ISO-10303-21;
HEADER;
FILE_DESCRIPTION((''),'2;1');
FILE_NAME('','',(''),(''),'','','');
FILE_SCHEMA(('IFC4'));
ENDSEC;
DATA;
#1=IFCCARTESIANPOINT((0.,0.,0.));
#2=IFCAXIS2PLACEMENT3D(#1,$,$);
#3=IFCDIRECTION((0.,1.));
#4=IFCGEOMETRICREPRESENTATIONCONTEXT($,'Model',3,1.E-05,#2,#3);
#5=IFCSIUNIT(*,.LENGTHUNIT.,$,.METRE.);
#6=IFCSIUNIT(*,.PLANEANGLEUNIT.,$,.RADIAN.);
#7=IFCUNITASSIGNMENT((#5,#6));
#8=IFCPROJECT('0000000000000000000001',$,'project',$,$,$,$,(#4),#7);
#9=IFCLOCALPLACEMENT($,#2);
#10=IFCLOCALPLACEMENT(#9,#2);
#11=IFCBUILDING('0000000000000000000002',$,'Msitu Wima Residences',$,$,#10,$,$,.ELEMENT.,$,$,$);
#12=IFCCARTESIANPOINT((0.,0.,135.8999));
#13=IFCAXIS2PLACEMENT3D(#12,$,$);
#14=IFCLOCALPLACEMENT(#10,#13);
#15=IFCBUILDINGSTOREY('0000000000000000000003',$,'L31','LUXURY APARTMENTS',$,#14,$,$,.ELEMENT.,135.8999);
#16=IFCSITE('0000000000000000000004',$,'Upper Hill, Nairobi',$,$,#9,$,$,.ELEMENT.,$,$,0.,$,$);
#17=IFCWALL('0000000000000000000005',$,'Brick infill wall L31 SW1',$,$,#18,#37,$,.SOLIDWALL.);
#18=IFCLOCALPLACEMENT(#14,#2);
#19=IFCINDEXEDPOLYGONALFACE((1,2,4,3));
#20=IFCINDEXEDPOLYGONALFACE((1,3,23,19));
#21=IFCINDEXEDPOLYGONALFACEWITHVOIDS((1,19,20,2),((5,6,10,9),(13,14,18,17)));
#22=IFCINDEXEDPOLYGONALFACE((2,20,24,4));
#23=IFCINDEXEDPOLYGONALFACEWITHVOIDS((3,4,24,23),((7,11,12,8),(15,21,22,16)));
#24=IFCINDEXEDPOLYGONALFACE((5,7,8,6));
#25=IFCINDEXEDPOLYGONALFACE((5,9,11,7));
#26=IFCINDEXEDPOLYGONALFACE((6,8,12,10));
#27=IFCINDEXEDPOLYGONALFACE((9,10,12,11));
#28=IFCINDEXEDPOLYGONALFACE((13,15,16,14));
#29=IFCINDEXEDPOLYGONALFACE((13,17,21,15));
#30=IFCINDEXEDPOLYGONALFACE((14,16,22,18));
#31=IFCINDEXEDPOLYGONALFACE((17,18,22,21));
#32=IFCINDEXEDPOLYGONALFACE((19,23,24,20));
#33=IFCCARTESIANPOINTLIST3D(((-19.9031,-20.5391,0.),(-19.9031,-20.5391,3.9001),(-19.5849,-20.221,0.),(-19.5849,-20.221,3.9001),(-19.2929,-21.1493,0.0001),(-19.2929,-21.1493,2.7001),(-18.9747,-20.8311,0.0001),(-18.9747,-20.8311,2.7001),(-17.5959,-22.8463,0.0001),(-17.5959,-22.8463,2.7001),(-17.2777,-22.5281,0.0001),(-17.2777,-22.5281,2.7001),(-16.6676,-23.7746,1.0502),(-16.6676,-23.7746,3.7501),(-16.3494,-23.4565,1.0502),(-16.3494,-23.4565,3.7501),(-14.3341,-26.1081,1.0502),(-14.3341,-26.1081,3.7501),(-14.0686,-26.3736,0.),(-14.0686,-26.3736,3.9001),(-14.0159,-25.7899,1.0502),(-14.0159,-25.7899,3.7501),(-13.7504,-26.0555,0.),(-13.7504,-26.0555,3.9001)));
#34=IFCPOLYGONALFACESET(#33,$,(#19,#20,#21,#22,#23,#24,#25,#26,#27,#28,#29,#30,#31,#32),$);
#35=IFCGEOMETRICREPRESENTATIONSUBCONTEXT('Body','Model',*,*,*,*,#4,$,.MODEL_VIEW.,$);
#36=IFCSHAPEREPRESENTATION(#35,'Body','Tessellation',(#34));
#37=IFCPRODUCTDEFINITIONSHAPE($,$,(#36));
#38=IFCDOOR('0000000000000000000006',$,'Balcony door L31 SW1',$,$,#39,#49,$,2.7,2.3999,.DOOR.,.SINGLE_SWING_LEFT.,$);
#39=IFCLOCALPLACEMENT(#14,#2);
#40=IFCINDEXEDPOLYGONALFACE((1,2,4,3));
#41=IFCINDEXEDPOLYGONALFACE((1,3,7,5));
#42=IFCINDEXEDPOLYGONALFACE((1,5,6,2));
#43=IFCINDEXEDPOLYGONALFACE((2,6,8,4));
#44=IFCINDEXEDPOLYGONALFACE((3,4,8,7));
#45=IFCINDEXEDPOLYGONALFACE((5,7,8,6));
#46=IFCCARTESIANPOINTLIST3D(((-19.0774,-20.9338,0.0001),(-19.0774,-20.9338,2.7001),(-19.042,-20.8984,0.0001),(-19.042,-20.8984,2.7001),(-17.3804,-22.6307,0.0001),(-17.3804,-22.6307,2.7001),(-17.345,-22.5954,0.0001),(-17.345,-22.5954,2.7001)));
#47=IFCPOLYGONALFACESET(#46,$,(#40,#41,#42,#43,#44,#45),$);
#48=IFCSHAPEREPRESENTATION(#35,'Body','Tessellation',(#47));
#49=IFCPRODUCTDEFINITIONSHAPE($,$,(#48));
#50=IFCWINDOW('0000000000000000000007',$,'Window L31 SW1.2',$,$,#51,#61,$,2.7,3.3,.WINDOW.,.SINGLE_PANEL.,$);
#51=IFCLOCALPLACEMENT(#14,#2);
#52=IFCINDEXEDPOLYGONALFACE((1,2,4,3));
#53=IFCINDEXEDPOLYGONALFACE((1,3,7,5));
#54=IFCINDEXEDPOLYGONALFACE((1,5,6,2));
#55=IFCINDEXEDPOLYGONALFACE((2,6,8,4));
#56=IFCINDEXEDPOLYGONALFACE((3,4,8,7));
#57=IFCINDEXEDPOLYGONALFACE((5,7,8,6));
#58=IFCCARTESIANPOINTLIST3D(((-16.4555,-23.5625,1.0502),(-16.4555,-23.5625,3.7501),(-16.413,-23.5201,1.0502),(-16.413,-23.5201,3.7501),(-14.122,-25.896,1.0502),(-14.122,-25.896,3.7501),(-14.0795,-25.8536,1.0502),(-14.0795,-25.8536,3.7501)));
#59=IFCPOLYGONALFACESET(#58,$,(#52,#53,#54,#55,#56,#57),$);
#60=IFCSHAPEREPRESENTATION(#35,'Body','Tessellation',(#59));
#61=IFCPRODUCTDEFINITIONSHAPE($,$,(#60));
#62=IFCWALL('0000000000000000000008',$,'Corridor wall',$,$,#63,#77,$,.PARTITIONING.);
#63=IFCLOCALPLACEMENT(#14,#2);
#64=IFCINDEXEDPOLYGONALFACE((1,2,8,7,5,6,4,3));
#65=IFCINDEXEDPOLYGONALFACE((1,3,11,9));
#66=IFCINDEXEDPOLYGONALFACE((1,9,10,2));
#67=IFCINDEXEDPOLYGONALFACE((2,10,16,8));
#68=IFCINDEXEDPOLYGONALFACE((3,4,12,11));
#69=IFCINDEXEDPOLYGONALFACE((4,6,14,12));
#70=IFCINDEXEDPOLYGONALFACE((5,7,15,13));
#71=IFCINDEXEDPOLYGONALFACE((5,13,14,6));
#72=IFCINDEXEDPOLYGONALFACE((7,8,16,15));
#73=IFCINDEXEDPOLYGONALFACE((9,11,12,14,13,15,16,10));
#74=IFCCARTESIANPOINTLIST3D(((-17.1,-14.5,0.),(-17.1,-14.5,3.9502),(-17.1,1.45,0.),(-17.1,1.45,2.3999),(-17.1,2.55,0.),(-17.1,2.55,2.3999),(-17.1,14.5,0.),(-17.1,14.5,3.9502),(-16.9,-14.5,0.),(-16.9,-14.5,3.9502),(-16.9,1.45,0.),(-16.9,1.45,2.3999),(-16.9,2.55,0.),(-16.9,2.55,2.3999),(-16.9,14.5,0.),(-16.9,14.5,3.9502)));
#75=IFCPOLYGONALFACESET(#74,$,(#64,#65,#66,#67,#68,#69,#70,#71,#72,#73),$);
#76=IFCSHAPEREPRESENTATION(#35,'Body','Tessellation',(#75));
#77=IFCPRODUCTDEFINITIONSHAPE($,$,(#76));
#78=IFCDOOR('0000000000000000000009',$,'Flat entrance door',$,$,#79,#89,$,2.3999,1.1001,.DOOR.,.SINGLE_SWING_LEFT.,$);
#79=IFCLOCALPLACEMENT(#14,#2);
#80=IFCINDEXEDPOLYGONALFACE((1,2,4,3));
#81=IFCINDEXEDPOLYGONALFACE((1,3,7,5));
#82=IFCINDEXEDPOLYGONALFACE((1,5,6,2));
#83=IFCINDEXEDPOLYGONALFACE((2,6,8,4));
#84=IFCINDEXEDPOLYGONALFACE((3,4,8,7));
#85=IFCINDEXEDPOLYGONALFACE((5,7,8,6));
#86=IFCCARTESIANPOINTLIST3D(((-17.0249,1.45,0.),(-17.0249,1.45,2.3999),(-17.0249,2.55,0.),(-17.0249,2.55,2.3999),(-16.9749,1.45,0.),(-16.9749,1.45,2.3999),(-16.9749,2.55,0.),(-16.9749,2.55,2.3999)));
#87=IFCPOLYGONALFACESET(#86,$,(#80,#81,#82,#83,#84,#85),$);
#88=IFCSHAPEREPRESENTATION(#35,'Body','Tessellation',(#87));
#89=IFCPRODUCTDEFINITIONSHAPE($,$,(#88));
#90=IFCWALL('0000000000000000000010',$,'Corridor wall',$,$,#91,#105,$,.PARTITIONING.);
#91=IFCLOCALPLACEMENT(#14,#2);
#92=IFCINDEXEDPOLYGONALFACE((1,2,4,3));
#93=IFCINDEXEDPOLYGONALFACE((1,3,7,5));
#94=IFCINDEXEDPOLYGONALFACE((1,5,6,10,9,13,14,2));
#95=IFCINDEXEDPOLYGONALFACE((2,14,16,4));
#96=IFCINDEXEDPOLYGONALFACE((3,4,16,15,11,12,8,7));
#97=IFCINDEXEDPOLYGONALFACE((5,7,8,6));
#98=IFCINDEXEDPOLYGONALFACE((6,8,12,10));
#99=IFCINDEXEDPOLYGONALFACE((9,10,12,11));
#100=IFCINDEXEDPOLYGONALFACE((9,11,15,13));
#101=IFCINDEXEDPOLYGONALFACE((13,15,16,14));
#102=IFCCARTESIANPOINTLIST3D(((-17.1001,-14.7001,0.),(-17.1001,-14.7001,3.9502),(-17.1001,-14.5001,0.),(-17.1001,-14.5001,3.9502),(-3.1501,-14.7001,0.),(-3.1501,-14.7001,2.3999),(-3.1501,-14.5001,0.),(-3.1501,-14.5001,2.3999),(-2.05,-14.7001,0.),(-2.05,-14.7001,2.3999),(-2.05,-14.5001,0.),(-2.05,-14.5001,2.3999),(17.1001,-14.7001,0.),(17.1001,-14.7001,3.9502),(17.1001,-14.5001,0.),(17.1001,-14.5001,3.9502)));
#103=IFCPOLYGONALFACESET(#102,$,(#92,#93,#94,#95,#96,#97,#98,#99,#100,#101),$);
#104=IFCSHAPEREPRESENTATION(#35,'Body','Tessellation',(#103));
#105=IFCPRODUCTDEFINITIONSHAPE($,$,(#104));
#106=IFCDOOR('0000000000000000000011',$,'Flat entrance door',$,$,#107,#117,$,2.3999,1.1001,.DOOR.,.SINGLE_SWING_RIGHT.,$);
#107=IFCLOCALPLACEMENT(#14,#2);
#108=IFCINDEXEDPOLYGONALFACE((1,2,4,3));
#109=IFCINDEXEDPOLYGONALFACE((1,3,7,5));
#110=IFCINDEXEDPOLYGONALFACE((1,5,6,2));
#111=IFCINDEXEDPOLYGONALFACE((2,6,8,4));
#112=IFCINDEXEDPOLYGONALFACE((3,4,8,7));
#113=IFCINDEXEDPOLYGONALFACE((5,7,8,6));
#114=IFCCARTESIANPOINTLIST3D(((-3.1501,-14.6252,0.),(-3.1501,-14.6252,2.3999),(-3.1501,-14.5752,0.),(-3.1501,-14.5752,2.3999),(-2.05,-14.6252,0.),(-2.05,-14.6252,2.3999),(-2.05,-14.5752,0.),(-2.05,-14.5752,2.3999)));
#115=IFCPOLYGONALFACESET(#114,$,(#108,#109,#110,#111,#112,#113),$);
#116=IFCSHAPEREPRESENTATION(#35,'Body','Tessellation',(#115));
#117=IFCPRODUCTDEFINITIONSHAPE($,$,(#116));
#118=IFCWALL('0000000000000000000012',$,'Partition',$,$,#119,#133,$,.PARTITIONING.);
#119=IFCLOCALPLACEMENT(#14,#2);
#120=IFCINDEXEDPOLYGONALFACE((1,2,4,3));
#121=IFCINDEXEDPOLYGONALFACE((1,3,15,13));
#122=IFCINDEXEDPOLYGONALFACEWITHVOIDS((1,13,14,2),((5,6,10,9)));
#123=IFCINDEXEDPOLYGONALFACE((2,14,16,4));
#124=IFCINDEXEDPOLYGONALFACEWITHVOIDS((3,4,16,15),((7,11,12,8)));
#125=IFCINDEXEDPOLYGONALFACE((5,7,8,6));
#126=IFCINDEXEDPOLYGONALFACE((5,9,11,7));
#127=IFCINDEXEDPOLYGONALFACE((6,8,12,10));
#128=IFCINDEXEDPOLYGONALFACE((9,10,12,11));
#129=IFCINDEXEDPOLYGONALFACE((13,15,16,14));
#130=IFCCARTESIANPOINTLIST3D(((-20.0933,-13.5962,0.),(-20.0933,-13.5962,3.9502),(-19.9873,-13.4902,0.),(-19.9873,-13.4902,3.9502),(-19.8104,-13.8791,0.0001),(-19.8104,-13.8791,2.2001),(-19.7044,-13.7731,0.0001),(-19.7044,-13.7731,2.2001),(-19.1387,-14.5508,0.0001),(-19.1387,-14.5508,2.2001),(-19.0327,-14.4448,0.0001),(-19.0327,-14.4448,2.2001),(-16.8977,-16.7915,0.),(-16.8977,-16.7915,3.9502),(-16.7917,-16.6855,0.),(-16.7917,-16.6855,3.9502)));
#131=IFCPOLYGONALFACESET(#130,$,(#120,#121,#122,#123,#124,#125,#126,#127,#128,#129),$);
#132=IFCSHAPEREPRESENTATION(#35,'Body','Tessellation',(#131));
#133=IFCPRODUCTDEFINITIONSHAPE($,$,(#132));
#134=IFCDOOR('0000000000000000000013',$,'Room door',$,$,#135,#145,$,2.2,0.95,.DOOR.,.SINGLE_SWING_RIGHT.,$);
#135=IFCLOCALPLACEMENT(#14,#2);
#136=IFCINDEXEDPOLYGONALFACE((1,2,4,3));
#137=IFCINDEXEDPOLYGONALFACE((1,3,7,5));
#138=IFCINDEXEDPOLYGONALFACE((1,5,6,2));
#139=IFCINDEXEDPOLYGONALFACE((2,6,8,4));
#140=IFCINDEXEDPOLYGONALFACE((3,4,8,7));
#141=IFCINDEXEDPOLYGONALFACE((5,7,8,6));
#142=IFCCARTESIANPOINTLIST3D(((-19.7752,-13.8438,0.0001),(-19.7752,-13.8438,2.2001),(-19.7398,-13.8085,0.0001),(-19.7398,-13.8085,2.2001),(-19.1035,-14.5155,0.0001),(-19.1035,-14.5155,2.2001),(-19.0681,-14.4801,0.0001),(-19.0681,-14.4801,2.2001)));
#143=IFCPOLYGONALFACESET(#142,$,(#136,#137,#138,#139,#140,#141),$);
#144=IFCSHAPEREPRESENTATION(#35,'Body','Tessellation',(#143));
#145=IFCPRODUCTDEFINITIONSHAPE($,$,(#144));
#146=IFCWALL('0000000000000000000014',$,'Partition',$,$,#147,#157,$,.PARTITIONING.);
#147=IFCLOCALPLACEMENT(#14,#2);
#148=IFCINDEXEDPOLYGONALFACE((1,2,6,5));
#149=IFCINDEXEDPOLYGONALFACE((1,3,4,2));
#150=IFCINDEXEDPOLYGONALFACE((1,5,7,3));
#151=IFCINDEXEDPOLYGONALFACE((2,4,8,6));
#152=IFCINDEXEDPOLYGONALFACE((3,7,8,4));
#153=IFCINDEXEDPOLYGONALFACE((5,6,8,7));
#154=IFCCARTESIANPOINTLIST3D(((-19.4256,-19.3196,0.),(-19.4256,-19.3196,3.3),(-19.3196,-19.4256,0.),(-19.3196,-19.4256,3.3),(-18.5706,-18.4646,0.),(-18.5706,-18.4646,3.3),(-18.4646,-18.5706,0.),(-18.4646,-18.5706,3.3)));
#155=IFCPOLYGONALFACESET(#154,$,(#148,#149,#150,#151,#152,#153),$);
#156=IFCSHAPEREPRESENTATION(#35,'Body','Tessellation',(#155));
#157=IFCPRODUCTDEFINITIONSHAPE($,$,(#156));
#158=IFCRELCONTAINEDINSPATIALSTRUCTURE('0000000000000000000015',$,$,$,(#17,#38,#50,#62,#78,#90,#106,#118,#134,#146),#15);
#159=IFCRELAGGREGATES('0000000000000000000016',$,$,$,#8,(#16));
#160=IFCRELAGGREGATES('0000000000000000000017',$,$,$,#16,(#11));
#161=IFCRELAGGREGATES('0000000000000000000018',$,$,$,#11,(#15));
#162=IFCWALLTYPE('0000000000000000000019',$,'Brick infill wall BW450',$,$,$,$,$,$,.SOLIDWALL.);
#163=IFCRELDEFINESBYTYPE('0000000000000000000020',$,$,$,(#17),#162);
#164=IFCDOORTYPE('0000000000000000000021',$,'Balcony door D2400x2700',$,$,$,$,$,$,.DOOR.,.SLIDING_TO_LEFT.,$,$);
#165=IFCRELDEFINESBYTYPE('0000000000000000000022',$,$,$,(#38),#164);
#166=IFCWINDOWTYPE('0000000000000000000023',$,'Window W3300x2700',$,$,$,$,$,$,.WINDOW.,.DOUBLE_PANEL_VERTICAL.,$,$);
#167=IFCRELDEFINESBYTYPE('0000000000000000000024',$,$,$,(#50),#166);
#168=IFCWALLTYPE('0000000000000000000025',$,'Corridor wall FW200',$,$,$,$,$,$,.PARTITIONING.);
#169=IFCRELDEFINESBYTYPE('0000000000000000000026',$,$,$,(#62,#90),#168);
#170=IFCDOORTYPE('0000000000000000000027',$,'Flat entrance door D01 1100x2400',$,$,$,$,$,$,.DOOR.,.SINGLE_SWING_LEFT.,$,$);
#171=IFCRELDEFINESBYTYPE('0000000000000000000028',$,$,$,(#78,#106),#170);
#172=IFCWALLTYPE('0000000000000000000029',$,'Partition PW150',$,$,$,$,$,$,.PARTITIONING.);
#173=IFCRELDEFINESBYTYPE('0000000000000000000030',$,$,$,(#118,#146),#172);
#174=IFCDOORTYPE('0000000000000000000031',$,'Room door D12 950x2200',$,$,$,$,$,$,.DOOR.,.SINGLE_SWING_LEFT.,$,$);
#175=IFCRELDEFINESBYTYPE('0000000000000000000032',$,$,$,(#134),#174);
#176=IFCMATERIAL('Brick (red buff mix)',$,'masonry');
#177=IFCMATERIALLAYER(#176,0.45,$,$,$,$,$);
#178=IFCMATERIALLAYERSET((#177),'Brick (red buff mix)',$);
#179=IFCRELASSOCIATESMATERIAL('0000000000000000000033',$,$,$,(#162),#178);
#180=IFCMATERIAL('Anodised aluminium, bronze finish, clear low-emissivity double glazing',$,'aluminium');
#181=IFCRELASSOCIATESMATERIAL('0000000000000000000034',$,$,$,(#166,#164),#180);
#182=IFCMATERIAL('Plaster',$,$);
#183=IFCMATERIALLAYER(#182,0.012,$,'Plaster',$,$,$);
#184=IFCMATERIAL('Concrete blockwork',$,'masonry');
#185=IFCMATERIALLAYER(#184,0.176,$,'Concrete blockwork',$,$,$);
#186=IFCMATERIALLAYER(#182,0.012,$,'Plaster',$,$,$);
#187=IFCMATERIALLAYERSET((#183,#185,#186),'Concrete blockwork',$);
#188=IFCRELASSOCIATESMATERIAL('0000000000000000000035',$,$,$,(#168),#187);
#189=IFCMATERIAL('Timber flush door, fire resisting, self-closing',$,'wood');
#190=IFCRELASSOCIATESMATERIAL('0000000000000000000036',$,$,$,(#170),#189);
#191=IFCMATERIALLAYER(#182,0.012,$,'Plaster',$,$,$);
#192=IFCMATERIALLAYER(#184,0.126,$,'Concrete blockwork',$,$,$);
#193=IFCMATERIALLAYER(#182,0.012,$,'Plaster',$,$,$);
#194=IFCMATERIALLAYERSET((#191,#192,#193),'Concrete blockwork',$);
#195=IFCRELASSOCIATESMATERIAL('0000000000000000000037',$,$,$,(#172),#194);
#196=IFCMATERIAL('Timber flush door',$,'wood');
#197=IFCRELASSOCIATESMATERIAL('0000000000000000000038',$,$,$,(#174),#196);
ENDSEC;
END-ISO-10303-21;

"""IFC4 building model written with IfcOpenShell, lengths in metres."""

from ifc_helpers import new_model, si_unit, direction, frame, frame_2d, origin, place, context, subcontext, project, spatial, rectangle, extrude, material, layer, layer_set, type_object, element, fill, save


model = new_model("IFC4")

# Units and contexts
model_context = context("Model", 3, precision=1e-05, world=origin(), true_north=direction((0.0, 1.0)))
body_context = subcontext(model_context, "Body", "Model", "MODEL_VIEW")
ifc_project = project(units=[si_unit("LENGTHUNIT", "METRE"), si_unit("PLANEANGLEUNIT", "RADIAN")], contexts=[model_context])

# Site, building, storey
site_placement = place(None, origin())
site = spatial("IfcSite", under=ifc_project, at=site_placement, Name="Upper Hill, Nairobi", CompositionType="ELEMENT", RefElevation=0.0)
building_placement = place(site_placement, origin())
building = spatial("IfcBuilding", under=site, at=building_placement, Name="Msitu Wima Residences", CompositionType="ELEMENT")
storey_placement = place(building_placement, frame((0.0, 0.0, 135.8999)))
storey = spatial("IfcBuildingStorey", under=building, at=storey_placement, Name="L31", Description="LUXURY APARTMENTS", CompositionType="ELEMENT", Elevation=135.8999)

# Shared definitions
ifc_material_1 = material(Name="Brick (red buff mix)", Category="masonry")
ifc_layer_1 = layer(ifc_material_1, 0.45)
ifc_layer_set_1 = layer_set([ifc_layer_1], Name="Brick (red buff mix)")
wall_type_1 = type_object("IfcWallType", Name="Brick infill wall BW450", PredefinedType="SOLIDWALL", material=ifc_layer_set_1)
ifc_material_2 = material(Name="Anodised aluminium, bronze finish, clear low-emissivity double glazing", Category="aluminium")
window_type = type_object("IfcWindowType", Name="Window W3300x2700", PartitioningType="DOUBLE_PANEL_VERTICAL", PredefinedType="WINDOW", material=ifc_material_2)

# Wall, openings, door, window
wall_1_placement = place(storey_placement, frame((-19.7439, -20.3801, 0.0), z_axis=(0.0, 0.0, 1.0), x_axis=(0.707107, -0.707107, 0.0)))
wall_1 = element("IfcWall", 1, at=wall_1_placement, inside=storey, type_object=wall_type_1, Name="Brick infill wall L31 SW1", PredefinedType="SOLIDWALL", context=body_context, shape_type="SweptSolid", body=[
    extrude(rectangle(XDim=8.2512, YDim=0.45, at=frame_2d((4.1255, 0.0))), origin(), (0.0, 0.0, 1.0), 3.9001),
])
opening_1_placement = place(wall_1_placement, frame((0.8628, 0.0, 0.0)))
opening_1 = element("IfcOpeningElement", 2, at=opening_1_placement, cuts=wall_1, PredefinedType="OPENING", context=body_context, shape_type="SweptSolid", body=[
    extrude(rectangle(XDim=2.3999, YDim=2.7, at=frame_2d((1.2, 1.3501))), frame((0.0, 0.2349, 0.0), z_axis=(0.0, -1.0, 0.0), x_axis=(1.0, 0.0, 0.0)), (0.0, 0.0, 1.0), 0.47),
])
opening_2_placement = place(wall_1_placement, frame((4.5757, 0.0, 1.05)))
opening_2 = element("IfcOpeningElement", 3, at=opening_2_placement, cuts=wall_1, PredefinedType="OPENING", context=body_context, shape_type="SweptSolid", body=[
    extrude(rectangle(XDim=3.3, YDim=2.7, at=frame_2d((1.6499, 1.3501))), frame((0.0, 0.2349, 0.0), z_axis=(0.0, -1.0, 0.0), x_axis=(1.0, 0.0, 0.0)), (0.0, 0.0, 1.0), 0.47),
])
door_type_1 = type_object("IfcDoorType", Name="Balcony door D2400x2700", OperationType="SLIDING_TO_LEFT", PredefinedType="DOOR", material=ifc_material_2)
door_1_placement = place(opening_1_placement, origin())
door_1 = element("IfcDoor", 4, at=door_1_placement, inside=storey, type_object=door_type_1, Name="Balcony door L31 SW1", OperationType="SINGLE_SWING_LEFT", OverallHeight=2.7, OverallWidth=2.3999, PredefinedType="DOOR", context=body_context, shape_type="SweptSolid", body=[
    extrude(rectangle(XDim=2.3999, YDim=2.7, at=frame_2d((1.2, 1.3501))), frame((0.0, 0.1299, 0.0), z_axis=(0.0, -1.0, 0.0), x_axis=(1.0, 0.0, 0.0)), (0.0, 0.0, 1.0), 0.05),
])
fill(opening_1, door_1)
window_1_placement = place(opening_2_placement, origin())
window_1 = element("IfcWindow", 5, at=window_1_placement, inside=storey, type_object=window_type, Name="Window L31 SW1.2", OverallHeight=2.7, OverallWidth=3.3, PartitioningType="SINGLE_PANEL", PredefinedType="WINDOW", context=body_context, shape_type="SweptSolid", body=[
    extrude(rectangle(XDim=3.3, YDim=2.7, at=frame_2d((1.6499, 1.3501))), frame((0.0, 0.135, 0.0), z_axis=(0.0, -1.0, 0.0), x_axis=(1.0, 0.0, 0.0)), (0.0, 0.0, 1.0), 0.0601),
])
fill(opening_2, window_1)

# Walls, openings, doors
ifc_material_3 = material(Name="Plaster")
ifc_layer_2 = layer(ifc_material_3, 0.012, Name="Plaster")
ifc_material_4 = material(Name="Concrete blockwork", Category="masonry")
ifc_layer_3 = layer(ifc_material_4, 0.176, Name="Concrete blockwork")
ifc_layer_4 = layer(ifc_material_3, 0.012, Name="Plaster")
ifc_layer_set_2 = layer_set([ifc_layer_2, ifc_layer_3, ifc_layer_4], Name="Concrete blockwork")
wall_type_2 = type_object("IfcWallType", Name="Corridor wall FW200", PredefinedType="PARTITIONING", material=ifc_layer_set_2)
wall_2_placement = place(storey_placement, frame((-17.0, -14.5, 0.0), z_axis=(0.0, 0.0, 1.0), x_axis=(0.0, 1.0, 0.0)))
wall_2 = element("IfcWall", 6, at=wall_2_placement, inside=storey, type_object=wall_type_2, Name="Corridor wall", PredefinedType="PARTITIONING", context=body_context, shape_type="SweptSolid", body=[
    extrude(rectangle(XDim=29.0, YDim=0.2, at=frame_2d((14.5, 0.0))), origin(), (0.0, 0.0, 1.0), 3.9502),
])
opening_3_placement = place(wall_2_placement, frame((15.95, 0.0, 0.0)))
opening_3 = element("IfcOpeningElement", 7, at=opening_3_placement, cuts=wall_2, PredefinedType="OPENING", context=body_context, shape_type="SweptSolid", body=[
    extrude(rectangle(XDim=1.1001, YDim=2.3999, at=frame_2d((0.55, 1.2))), frame((0.0, 0.1099, 0.0), z_axis=(0.0, -1.0, 0.0), x_axis=(1.0, 0.0, 0.0)), (0.0, 0.0, 1.0), 0.22),
])
ifc_material_5 = material(Name="Timber flush door, fire resisting, self-closing", Category="wood")
door_type_2 = type_object("IfcDoorType", Name="Flat entrance door D01 1100x2400", OperationType="SINGLE_SWING_LEFT", PredefinedType="DOOR", material=ifc_material_5)
door_2_placement = place(opening_3_placement, origin())
door_2 = element("IfcDoor", 8, at=door_2_placement, inside=storey, type_object=door_type_2, Name="Flat entrance door", OperationType="SINGLE_SWING_LEFT", OverallHeight=2.3999, OverallWidth=1.1001, PredefinedType="DOOR", context=body_context, shape_type="SweptSolid", body=[
    extrude(rectangle(XDim=1.1001, YDim=2.3999, at=frame_2d((0.55, 1.2))), frame((0.0, 0.0249, 0.0), z_axis=(0.0, -1.0, 0.0), x_axis=(1.0, 0.0, 0.0)), (0.0, 0.0, 1.0), 0.05),
])
fill(opening_3, door_2)
wall_3_placement = place(storey_placement, frame((-17.1001, -14.6001, 0.0), z_axis=(0.0, 0.0, 1.0), x_axis=(1.0, 0.0, 0.0)))
wall_3 = element("IfcWall", 9, at=wall_3_placement, inside=storey, type_object=wall_type_2, Name="Corridor wall", PredefinedType="PARTITIONING", context=body_context, shape_type="SweptSolid", body=[
    extrude(rectangle(XDim=34.2002, YDim=0.2, at=frame_2d((17.1001, 0.0))), origin(), (0.0, 0.0, 1.0), 3.9502),
])
opening_4_placement = place(wall_3_placement, frame((13.95, 0.0, 0.0)))
opening_4 = element("IfcOpeningElement", 10, at=opening_4_placement, cuts=wall_3, PredefinedType="OPENING", context=body_context, shape_type="SweptSolid", body=[
    extrude(rectangle(XDim=1.1001, YDim=2.3999, at=frame_2d((0.55, 1.2))), frame((0.0, 0.1099, 0.0), z_axis=(0.0, -1.0, 0.0), x_axis=(1.0, 0.0, 0.0)), (0.0, 0.0, 1.0), 0.22),
])
door_3_placement = place(opening_4_placement, origin())
door_3 = element("IfcDoor", 11, at=door_3_placement, inside=storey, type_object=door_type_2, Name="Flat entrance door", OperationType="SINGLE_SWING_RIGHT", OverallHeight=2.3999, OverallWidth=1.1001, PredefinedType="DOOR", context=body_context, shape_type="SweptSolid", body=[
    extrude(rectangle(XDim=1.1001, YDim=2.3999, at=frame_2d((0.55, 1.2))), frame((0.0, 0.0249, 0.0), z_axis=(0.0, -1.0, 0.0), x_axis=(1.0, 0.0, 0.0)), (0.0, 0.0, 1.0), 0.05),
])
fill(opening_4, door_3)
ifc_layer_5 = layer(ifc_material_3, 0.012, Name="Plaster")
ifc_layer_6 = layer(ifc_material_4, 0.126, Name="Concrete blockwork")
ifc_layer_7 = layer(ifc_material_3, 0.012, Name="Plaster")
ifc_layer_set_3 = layer_set([ifc_layer_5, ifc_layer_6, ifc_layer_7], Name="Concrete blockwork")
wall_type_3 = type_object("IfcWallType", Name="Partition PW150", PredefinedType="PARTITIONING", material=ifc_layer_set_3)
wall_4_placement = place(storey_placement, frame((-20.0403, -13.5432, 0.0), z_axis=(0.0, 0.0, 1.0), x_axis=(0.707134, -0.70708, 0.0)))
wall_4 = element("IfcWall", 12, at=wall_4_placement, inside=storey, type_object=wall_type_3, Name="Partition", PredefinedType="PARTITIONING", context=body_context, shape_type="SweptSolid", body=[
    extrude(rectangle(XDim=4.519, YDim=0.1499, at=frame_2d((2.2595, 0.0))), origin(), (0.0, 0.0, 1.0), 3.9502),
])
opening_5_placement = place(wall_4_placement, frame((0.3999, 0.0, 0.0)))
opening_5 = element("IfcOpeningElement", 13, at=opening_5_placement, cuts=wall_4, PredefinedType="OPENING", context=body_context, shape_type="SweptSolid", body=[
    extrude(rectangle(XDim=0.95, YDim=2.2, at=frame_2d((0.4751, 1.1001))), frame((0.0, 0.085, 0.0), z_axis=(0.0, -1.0, 0.0), x_axis=(1.0, 0.0, 0.0)), (0.0, 0.0, 1.0), 0.1699),
])
ifc_material_6 = material(Name="Timber flush door", Category="wood")
door_type_3 = type_object("IfcDoorType", Name="Room door D12 950x2200", OperationType="SINGLE_SWING_LEFT", PredefinedType="DOOR", material=ifc_material_6)
door_4_placement = place(opening_5_placement, origin())
door_4 = element("IfcDoor", 14, at=door_4_placement, inside=storey, type_object=door_type_3, Name="Room door", OperationType="SINGLE_SWING_RIGHT", OverallHeight=2.2, OverallWidth=0.95, PredefinedType="DOOR", context=body_context, shape_type="SweptSolid", body=[
    extrude(rectangle(XDim=0.95, YDim=2.2, at=frame_2d((0.4751, 1.1001))), frame((0.0, 0.0249, 0.0), z_axis=(0.0, -1.0, 0.0), x_axis=(1.0, 0.0, 0.0)), (0.0, 0.0, 1.0), 0.05),
])
fill(opening_5, door_4)

# Wall
wall_5_placement = place(storey_placement, frame((-19.3726, -19.3726, 0.0), z_axis=(0.0, 0.0, 1.0), x_axis=(0.707107, 0.707107, 0.0)))
element("IfcWall", 15, at=wall_5_placement, inside=storey, type_object=wall_type_3, Name="Partition", PredefinedType="PARTITIONING", context=body_context, shape_type="SweptSolid", body=[
    extrude(rectangle(XDim=1.2092, YDim=0.1499, at=frame_2d((0.6045, 0.0))), origin(), (0.0, 0.0, 1.0), 3.3),
])

save(model, "model.ifc")
